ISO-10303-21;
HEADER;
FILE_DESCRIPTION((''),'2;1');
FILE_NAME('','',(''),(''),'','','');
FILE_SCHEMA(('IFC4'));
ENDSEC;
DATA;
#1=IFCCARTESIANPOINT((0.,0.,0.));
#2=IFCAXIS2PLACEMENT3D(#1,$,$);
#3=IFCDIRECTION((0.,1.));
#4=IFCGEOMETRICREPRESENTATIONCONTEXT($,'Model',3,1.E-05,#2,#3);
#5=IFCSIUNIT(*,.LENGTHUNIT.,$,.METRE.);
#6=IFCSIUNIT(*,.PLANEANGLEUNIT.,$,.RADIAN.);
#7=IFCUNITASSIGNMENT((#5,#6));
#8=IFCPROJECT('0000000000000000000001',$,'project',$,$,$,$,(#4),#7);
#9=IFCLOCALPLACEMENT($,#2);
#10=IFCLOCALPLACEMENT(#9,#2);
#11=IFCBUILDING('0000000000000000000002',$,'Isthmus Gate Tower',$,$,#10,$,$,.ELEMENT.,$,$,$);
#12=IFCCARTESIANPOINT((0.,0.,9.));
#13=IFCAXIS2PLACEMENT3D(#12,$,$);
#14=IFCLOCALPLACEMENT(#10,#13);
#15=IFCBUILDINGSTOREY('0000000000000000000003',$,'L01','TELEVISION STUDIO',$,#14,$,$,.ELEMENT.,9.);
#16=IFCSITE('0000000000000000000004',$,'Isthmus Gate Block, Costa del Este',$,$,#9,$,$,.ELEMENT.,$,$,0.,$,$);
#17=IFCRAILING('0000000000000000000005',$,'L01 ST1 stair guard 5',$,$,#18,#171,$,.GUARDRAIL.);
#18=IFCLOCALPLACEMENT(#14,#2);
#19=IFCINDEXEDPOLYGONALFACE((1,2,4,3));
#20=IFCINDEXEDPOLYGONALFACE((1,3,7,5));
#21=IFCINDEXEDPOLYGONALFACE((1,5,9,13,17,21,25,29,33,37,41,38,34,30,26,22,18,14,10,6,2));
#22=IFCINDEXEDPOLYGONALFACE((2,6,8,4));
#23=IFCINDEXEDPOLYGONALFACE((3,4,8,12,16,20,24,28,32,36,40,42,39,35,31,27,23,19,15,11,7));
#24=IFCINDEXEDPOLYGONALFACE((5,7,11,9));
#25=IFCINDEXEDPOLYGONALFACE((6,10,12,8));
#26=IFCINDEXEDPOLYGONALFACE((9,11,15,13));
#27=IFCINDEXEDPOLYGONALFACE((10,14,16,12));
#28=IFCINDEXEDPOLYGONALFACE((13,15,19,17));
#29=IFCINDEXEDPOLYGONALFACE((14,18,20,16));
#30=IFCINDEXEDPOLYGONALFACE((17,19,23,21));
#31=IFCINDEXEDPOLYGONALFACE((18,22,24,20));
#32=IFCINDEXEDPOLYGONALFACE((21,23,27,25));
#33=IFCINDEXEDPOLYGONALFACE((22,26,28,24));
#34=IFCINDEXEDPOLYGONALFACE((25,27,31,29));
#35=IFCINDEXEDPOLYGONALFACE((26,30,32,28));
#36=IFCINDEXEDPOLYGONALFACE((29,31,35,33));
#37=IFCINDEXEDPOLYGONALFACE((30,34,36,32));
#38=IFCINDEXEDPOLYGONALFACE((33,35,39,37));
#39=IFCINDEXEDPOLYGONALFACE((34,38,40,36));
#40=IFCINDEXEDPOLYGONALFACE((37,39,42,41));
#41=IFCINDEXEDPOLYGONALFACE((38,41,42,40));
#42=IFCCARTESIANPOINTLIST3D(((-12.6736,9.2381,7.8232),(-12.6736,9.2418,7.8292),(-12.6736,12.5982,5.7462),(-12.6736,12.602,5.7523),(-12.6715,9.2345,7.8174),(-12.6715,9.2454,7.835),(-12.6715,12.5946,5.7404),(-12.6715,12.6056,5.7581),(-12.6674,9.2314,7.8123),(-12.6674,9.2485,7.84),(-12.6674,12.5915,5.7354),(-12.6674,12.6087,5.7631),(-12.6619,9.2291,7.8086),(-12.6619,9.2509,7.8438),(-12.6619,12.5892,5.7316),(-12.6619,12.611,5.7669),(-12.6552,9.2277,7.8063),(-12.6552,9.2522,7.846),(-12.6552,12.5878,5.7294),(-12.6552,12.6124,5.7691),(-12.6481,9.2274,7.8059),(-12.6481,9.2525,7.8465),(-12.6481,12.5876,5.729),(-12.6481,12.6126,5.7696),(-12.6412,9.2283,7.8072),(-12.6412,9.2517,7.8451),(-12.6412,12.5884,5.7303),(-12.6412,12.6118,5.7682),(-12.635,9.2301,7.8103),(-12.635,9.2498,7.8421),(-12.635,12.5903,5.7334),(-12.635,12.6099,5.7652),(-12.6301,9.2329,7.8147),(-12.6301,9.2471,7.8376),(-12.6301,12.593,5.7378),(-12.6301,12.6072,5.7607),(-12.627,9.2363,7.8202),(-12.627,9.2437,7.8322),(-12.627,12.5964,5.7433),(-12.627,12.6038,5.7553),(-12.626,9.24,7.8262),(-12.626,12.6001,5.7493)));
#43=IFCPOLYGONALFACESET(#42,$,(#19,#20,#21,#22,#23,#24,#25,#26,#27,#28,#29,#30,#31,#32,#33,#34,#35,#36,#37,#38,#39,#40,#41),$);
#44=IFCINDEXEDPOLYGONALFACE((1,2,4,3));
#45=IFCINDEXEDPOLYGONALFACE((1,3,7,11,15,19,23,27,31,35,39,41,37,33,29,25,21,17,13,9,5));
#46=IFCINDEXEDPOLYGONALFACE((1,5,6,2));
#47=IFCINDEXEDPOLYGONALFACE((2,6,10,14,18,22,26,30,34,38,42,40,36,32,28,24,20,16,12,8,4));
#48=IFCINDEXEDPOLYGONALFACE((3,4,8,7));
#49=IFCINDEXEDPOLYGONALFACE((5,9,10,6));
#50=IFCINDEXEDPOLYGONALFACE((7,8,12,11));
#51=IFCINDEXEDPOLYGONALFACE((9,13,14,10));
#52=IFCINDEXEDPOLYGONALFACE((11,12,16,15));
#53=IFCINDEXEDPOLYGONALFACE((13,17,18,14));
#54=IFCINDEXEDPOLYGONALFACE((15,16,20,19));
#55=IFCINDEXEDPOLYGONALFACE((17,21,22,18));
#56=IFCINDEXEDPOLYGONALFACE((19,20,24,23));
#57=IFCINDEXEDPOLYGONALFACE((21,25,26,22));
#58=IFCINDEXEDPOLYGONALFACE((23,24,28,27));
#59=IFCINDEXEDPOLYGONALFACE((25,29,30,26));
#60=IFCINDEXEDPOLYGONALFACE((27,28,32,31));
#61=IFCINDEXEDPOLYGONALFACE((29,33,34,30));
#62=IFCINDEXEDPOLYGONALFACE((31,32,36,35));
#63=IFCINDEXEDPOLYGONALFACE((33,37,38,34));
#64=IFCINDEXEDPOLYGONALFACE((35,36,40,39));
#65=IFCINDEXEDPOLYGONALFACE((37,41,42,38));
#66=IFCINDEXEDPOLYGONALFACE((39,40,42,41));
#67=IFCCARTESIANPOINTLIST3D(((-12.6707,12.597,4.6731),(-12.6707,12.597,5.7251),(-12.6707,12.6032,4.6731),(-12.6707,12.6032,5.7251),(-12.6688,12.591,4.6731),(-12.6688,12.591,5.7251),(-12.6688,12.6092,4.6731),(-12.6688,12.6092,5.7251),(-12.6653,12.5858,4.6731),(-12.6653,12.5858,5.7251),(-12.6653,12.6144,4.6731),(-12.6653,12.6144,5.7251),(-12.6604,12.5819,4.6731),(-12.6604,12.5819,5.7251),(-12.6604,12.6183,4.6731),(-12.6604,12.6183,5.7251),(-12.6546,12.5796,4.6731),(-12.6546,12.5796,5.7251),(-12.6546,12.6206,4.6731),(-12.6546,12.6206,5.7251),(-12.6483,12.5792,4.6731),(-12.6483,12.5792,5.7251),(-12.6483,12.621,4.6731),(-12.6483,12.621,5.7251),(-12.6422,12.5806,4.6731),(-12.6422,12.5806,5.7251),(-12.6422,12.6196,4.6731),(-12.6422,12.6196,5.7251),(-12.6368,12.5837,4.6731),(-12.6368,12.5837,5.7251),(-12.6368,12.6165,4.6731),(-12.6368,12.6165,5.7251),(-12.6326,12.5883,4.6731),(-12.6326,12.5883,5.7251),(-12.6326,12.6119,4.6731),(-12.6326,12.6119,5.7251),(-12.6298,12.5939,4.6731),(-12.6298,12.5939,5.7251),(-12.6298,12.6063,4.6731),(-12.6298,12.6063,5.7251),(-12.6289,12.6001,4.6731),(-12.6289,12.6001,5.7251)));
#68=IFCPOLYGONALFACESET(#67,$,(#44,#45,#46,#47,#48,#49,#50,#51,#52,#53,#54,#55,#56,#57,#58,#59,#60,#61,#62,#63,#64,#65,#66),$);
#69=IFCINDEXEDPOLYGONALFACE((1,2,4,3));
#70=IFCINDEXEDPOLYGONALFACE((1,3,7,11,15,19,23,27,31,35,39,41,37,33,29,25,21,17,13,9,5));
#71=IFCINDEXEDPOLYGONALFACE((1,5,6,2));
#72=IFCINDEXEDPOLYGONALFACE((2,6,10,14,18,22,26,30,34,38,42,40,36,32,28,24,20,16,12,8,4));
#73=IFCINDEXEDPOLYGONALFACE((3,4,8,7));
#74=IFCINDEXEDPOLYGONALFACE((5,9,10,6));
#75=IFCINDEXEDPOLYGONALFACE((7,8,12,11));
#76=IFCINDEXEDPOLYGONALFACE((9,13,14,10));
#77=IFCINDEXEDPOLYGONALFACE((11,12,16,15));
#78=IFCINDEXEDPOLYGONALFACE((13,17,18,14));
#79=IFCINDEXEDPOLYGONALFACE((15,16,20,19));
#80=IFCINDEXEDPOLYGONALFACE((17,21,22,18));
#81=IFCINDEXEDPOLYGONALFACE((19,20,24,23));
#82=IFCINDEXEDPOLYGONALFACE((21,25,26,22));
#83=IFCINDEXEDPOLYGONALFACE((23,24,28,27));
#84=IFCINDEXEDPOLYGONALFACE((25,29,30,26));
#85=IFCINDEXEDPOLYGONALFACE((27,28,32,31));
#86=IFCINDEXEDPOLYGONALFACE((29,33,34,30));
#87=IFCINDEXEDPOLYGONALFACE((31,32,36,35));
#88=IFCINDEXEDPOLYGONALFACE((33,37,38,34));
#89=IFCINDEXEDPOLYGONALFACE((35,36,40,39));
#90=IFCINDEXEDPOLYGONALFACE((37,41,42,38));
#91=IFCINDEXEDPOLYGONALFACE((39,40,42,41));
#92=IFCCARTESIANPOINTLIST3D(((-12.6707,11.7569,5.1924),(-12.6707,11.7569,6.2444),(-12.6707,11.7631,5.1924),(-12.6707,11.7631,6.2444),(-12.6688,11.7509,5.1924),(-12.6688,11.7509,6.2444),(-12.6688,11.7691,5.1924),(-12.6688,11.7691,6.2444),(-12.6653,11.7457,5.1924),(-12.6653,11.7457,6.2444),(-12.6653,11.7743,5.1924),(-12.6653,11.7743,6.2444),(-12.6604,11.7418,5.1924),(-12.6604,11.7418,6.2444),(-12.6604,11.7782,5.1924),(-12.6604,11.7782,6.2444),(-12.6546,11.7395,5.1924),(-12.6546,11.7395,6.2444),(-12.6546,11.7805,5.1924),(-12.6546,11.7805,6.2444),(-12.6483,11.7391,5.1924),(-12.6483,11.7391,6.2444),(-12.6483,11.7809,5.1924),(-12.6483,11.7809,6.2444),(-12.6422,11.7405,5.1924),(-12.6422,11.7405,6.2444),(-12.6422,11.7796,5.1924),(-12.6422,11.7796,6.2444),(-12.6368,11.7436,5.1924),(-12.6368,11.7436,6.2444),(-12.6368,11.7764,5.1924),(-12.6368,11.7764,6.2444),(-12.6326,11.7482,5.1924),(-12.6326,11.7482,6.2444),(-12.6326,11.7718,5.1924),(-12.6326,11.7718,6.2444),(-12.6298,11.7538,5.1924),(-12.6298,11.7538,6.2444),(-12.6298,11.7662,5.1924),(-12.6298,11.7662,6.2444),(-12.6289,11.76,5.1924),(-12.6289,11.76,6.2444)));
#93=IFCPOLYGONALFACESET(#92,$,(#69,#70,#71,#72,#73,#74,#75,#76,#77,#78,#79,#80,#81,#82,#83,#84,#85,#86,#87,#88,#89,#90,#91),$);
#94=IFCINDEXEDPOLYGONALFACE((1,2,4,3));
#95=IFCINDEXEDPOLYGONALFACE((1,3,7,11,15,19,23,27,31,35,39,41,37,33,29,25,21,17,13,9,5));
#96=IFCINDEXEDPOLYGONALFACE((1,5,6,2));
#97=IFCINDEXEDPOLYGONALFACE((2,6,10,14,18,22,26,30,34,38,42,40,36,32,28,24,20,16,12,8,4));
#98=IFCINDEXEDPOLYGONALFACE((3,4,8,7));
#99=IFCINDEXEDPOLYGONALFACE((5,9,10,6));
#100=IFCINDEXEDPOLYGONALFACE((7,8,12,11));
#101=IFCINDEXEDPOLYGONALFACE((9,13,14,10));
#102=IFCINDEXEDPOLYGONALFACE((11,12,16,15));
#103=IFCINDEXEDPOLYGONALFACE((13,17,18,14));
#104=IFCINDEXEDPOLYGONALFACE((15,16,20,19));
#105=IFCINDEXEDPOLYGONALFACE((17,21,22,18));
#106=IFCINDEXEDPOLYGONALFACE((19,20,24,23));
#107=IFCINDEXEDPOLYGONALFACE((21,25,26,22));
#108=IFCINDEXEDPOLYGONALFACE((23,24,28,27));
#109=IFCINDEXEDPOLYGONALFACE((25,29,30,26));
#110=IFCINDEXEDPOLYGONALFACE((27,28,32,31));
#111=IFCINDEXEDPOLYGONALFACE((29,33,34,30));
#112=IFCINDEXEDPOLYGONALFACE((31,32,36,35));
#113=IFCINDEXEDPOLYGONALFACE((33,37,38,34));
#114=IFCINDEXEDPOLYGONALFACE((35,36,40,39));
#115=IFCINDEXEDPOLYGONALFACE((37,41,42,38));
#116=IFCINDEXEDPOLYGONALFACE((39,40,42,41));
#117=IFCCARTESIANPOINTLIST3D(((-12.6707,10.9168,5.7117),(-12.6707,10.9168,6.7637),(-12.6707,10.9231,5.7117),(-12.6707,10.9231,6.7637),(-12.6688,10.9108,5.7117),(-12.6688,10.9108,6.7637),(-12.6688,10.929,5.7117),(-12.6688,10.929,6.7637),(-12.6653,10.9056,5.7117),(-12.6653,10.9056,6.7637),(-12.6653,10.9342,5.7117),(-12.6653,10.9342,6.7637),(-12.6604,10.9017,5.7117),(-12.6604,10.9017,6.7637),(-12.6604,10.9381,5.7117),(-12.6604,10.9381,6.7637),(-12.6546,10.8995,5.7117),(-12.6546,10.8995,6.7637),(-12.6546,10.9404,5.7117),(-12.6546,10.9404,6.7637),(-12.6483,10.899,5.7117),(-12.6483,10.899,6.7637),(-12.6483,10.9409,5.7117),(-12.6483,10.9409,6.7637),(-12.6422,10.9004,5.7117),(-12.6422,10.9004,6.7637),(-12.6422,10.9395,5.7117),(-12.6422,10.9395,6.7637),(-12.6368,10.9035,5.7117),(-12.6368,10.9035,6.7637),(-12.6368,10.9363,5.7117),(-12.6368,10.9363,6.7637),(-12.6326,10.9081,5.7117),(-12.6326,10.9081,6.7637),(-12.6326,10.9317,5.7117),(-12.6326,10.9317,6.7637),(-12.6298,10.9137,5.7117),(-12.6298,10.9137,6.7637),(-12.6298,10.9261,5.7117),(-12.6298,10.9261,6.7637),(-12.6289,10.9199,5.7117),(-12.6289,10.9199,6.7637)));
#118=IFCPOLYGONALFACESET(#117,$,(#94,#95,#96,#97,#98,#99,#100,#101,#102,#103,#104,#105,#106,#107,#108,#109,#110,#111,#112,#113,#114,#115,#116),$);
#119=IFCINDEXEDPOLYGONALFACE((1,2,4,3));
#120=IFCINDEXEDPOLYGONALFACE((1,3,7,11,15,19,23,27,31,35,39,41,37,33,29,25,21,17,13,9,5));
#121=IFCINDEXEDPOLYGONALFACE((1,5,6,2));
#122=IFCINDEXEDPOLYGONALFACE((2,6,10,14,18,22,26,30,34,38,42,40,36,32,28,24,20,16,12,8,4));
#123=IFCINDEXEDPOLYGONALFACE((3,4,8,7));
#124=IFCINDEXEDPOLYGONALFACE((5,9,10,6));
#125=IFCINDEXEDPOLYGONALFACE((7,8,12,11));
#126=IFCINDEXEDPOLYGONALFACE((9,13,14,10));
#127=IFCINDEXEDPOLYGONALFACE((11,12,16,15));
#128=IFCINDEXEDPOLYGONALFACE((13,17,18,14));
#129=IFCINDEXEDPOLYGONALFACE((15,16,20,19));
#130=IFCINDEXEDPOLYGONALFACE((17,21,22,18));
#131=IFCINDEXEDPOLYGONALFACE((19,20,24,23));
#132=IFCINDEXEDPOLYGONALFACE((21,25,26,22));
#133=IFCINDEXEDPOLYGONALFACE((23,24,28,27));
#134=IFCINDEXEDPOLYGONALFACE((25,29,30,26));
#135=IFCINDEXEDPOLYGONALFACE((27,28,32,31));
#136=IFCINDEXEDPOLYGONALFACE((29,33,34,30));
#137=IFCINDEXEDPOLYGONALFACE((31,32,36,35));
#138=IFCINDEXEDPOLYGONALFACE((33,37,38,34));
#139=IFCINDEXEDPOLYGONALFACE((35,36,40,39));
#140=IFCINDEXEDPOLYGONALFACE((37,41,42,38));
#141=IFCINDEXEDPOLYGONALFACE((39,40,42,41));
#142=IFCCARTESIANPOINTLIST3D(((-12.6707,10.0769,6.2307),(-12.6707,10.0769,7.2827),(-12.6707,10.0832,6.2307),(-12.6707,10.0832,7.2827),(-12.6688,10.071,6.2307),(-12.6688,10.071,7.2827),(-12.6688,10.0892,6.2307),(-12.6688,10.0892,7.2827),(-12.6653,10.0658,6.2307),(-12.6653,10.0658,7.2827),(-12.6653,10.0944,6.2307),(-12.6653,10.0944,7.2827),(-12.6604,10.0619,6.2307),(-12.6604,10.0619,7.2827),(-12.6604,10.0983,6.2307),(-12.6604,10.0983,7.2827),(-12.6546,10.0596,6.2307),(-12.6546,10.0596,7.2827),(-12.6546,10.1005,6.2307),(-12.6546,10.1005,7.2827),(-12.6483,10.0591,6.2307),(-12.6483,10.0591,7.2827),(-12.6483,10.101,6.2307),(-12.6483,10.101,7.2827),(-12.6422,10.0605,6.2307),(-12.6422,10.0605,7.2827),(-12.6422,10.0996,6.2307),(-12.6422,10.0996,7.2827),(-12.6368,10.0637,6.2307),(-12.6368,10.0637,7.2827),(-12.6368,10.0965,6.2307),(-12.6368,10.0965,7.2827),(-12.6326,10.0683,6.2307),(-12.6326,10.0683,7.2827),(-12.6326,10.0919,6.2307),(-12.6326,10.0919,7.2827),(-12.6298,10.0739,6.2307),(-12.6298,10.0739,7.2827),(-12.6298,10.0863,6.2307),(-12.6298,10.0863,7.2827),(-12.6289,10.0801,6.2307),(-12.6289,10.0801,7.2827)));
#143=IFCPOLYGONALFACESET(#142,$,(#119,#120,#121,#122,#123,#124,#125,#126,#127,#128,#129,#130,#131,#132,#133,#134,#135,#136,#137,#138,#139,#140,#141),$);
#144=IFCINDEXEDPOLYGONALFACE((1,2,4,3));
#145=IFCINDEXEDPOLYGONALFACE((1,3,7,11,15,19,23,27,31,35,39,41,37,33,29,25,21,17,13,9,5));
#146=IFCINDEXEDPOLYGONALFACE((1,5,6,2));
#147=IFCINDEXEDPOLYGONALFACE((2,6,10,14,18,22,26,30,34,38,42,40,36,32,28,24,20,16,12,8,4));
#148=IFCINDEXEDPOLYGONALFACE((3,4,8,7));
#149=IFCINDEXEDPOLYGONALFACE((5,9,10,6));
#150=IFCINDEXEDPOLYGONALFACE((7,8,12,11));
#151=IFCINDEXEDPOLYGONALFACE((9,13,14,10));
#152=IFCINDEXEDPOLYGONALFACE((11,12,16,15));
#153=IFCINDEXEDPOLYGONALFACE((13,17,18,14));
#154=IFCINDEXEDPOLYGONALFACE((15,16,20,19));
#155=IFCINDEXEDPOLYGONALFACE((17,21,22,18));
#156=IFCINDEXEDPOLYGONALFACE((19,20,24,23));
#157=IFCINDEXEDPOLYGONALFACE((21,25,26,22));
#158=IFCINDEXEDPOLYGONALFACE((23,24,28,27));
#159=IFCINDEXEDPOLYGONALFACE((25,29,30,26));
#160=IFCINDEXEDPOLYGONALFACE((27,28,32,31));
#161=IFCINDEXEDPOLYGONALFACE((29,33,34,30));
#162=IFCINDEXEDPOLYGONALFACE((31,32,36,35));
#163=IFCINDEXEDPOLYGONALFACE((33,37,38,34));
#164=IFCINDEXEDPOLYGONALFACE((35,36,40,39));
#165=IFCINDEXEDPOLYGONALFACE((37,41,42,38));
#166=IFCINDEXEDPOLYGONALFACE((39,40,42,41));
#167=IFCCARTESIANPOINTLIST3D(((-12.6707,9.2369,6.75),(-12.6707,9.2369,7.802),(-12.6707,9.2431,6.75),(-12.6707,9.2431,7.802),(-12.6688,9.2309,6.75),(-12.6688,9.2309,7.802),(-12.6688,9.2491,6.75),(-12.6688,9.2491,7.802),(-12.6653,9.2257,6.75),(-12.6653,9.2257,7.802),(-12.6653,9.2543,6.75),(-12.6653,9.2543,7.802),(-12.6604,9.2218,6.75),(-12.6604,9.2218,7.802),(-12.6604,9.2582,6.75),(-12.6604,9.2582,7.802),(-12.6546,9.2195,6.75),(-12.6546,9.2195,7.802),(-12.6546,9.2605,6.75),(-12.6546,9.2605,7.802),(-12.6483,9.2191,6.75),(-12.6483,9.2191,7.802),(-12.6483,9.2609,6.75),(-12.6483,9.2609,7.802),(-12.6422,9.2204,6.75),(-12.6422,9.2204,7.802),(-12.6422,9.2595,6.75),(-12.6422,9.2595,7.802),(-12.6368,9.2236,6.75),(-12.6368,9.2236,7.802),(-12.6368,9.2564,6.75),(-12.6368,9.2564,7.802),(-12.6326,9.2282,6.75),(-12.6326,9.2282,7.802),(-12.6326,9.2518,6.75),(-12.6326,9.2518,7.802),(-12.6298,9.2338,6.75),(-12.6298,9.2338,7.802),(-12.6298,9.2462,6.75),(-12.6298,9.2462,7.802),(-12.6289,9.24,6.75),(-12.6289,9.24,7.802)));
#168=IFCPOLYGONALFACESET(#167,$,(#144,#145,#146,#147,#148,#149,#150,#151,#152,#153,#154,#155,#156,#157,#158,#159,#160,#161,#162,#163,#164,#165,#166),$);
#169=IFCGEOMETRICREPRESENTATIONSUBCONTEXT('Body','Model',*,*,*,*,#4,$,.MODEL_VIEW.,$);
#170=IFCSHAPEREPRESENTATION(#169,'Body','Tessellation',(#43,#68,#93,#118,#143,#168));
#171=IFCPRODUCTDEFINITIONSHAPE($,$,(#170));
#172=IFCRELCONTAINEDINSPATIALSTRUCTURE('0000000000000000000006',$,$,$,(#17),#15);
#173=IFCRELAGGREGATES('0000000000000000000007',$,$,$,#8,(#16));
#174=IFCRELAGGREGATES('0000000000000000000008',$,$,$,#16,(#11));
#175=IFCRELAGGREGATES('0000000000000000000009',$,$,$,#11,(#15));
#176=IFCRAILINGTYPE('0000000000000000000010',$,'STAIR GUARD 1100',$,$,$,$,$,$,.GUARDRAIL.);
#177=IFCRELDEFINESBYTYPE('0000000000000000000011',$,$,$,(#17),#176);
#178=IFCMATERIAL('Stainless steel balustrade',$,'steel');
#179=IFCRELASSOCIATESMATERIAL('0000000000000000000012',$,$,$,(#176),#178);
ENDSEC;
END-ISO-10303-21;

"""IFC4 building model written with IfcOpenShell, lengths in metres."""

from ifc_helpers import new_model, si_unit, direction, frame, origin, origin_2d, place, context, subcontext, project, spatial, circle, extrude, material, type_object, element, save


model = new_model("IFC4")

# Units and contexts
model_context = context("Model", 3, precision=1e-05, world=origin(), true_north=direction((0.0, 1.0)))
body_context = subcontext(model_context, "Body", "Model", "MODEL_VIEW")
ifc_project = project(units=[si_unit("LENGTHUNIT", "METRE"), si_unit("PLANEANGLEUNIT", "RADIAN")], contexts=[model_context])

# Site, building, storey
site_placement = place(None, origin())
site = spatial("IfcSite", under=ifc_project, at=site_placement, Name="Isthmus Gate Block, Costa del Este", CompositionType="ELEMENT", RefElevation=0.0)
building_placement = place(site_placement, origin())
building = spatial("IfcBuilding", under=site, at=building_placement, Name="Isthmus Gate Tower", CompositionType="ELEMENT")
storey_placement = place(building_placement, frame((0.0, 0.0, 9.0)))
storey = spatial("IfcBuildingStorey", under=building, at=storey_placement, Name="L01", Description="TELEVISION STUDIO", CompositionType="ELEMENT", Elevation=9.0)

# Railing
ifc_material_1 = material(Name="Stainless steel balustrade", Category="steel")
railing_type_1 = type_object("IfcRailingType", Name="STAIR GUARD 1100", PredefinedType="GUARDRAIL", material=ifc_material_1)
railing_1_placement = place(storey_placement, frame((-12.6499, 12.6001, 4.6731)))
element("IfcRailing", 1, at=railing_1_placement, inside=storey, type_object=railing_type_1, Name="L01 ST1 stair guard 5", PredefinedType="GUARDRAIL", context=body_context, shape_type="SweptSolid", body=[
    extrude(circle(Radius=0.0239, at=origin_2d()), frame((0.0, 0.0, 1.0762), z_axis=(0.0, -0.850623, 0.525776), x_axis=(1.0, 0.0, 0.0)), (0.0, 0.0, 1.0), 3.9502),
    extrude(circle(Radius=0.021, at=origin_2d()), origin(), (0.0, 0.0, 1.0), 1.052),
    extrude(circle(Radius=0.021, at=origin_2d()), frame((0.0, -0.8401, 0.5193)), (0.0, 0.0, 1.0), 1.052),
    extrude(circle(Radius=0.021, at=origin_2d()), frame((0.0, -1.6802, 1.0386)), (0.0, 0.0, 1.0), 1.052),
    extrude(circle(Radius=0.021, at=origin_2d()), frame((0.0, -2.52, 1.5576)), (0.0, 0.0, 1.0), 1.052),
    extrude(circle(Radius=0.021, at=origin_2d()), frame((0.0, -3.3601, 2.0769)), (0.0, 0.0, 1.0), 1.052),
])

save(model, "model.ifc")
